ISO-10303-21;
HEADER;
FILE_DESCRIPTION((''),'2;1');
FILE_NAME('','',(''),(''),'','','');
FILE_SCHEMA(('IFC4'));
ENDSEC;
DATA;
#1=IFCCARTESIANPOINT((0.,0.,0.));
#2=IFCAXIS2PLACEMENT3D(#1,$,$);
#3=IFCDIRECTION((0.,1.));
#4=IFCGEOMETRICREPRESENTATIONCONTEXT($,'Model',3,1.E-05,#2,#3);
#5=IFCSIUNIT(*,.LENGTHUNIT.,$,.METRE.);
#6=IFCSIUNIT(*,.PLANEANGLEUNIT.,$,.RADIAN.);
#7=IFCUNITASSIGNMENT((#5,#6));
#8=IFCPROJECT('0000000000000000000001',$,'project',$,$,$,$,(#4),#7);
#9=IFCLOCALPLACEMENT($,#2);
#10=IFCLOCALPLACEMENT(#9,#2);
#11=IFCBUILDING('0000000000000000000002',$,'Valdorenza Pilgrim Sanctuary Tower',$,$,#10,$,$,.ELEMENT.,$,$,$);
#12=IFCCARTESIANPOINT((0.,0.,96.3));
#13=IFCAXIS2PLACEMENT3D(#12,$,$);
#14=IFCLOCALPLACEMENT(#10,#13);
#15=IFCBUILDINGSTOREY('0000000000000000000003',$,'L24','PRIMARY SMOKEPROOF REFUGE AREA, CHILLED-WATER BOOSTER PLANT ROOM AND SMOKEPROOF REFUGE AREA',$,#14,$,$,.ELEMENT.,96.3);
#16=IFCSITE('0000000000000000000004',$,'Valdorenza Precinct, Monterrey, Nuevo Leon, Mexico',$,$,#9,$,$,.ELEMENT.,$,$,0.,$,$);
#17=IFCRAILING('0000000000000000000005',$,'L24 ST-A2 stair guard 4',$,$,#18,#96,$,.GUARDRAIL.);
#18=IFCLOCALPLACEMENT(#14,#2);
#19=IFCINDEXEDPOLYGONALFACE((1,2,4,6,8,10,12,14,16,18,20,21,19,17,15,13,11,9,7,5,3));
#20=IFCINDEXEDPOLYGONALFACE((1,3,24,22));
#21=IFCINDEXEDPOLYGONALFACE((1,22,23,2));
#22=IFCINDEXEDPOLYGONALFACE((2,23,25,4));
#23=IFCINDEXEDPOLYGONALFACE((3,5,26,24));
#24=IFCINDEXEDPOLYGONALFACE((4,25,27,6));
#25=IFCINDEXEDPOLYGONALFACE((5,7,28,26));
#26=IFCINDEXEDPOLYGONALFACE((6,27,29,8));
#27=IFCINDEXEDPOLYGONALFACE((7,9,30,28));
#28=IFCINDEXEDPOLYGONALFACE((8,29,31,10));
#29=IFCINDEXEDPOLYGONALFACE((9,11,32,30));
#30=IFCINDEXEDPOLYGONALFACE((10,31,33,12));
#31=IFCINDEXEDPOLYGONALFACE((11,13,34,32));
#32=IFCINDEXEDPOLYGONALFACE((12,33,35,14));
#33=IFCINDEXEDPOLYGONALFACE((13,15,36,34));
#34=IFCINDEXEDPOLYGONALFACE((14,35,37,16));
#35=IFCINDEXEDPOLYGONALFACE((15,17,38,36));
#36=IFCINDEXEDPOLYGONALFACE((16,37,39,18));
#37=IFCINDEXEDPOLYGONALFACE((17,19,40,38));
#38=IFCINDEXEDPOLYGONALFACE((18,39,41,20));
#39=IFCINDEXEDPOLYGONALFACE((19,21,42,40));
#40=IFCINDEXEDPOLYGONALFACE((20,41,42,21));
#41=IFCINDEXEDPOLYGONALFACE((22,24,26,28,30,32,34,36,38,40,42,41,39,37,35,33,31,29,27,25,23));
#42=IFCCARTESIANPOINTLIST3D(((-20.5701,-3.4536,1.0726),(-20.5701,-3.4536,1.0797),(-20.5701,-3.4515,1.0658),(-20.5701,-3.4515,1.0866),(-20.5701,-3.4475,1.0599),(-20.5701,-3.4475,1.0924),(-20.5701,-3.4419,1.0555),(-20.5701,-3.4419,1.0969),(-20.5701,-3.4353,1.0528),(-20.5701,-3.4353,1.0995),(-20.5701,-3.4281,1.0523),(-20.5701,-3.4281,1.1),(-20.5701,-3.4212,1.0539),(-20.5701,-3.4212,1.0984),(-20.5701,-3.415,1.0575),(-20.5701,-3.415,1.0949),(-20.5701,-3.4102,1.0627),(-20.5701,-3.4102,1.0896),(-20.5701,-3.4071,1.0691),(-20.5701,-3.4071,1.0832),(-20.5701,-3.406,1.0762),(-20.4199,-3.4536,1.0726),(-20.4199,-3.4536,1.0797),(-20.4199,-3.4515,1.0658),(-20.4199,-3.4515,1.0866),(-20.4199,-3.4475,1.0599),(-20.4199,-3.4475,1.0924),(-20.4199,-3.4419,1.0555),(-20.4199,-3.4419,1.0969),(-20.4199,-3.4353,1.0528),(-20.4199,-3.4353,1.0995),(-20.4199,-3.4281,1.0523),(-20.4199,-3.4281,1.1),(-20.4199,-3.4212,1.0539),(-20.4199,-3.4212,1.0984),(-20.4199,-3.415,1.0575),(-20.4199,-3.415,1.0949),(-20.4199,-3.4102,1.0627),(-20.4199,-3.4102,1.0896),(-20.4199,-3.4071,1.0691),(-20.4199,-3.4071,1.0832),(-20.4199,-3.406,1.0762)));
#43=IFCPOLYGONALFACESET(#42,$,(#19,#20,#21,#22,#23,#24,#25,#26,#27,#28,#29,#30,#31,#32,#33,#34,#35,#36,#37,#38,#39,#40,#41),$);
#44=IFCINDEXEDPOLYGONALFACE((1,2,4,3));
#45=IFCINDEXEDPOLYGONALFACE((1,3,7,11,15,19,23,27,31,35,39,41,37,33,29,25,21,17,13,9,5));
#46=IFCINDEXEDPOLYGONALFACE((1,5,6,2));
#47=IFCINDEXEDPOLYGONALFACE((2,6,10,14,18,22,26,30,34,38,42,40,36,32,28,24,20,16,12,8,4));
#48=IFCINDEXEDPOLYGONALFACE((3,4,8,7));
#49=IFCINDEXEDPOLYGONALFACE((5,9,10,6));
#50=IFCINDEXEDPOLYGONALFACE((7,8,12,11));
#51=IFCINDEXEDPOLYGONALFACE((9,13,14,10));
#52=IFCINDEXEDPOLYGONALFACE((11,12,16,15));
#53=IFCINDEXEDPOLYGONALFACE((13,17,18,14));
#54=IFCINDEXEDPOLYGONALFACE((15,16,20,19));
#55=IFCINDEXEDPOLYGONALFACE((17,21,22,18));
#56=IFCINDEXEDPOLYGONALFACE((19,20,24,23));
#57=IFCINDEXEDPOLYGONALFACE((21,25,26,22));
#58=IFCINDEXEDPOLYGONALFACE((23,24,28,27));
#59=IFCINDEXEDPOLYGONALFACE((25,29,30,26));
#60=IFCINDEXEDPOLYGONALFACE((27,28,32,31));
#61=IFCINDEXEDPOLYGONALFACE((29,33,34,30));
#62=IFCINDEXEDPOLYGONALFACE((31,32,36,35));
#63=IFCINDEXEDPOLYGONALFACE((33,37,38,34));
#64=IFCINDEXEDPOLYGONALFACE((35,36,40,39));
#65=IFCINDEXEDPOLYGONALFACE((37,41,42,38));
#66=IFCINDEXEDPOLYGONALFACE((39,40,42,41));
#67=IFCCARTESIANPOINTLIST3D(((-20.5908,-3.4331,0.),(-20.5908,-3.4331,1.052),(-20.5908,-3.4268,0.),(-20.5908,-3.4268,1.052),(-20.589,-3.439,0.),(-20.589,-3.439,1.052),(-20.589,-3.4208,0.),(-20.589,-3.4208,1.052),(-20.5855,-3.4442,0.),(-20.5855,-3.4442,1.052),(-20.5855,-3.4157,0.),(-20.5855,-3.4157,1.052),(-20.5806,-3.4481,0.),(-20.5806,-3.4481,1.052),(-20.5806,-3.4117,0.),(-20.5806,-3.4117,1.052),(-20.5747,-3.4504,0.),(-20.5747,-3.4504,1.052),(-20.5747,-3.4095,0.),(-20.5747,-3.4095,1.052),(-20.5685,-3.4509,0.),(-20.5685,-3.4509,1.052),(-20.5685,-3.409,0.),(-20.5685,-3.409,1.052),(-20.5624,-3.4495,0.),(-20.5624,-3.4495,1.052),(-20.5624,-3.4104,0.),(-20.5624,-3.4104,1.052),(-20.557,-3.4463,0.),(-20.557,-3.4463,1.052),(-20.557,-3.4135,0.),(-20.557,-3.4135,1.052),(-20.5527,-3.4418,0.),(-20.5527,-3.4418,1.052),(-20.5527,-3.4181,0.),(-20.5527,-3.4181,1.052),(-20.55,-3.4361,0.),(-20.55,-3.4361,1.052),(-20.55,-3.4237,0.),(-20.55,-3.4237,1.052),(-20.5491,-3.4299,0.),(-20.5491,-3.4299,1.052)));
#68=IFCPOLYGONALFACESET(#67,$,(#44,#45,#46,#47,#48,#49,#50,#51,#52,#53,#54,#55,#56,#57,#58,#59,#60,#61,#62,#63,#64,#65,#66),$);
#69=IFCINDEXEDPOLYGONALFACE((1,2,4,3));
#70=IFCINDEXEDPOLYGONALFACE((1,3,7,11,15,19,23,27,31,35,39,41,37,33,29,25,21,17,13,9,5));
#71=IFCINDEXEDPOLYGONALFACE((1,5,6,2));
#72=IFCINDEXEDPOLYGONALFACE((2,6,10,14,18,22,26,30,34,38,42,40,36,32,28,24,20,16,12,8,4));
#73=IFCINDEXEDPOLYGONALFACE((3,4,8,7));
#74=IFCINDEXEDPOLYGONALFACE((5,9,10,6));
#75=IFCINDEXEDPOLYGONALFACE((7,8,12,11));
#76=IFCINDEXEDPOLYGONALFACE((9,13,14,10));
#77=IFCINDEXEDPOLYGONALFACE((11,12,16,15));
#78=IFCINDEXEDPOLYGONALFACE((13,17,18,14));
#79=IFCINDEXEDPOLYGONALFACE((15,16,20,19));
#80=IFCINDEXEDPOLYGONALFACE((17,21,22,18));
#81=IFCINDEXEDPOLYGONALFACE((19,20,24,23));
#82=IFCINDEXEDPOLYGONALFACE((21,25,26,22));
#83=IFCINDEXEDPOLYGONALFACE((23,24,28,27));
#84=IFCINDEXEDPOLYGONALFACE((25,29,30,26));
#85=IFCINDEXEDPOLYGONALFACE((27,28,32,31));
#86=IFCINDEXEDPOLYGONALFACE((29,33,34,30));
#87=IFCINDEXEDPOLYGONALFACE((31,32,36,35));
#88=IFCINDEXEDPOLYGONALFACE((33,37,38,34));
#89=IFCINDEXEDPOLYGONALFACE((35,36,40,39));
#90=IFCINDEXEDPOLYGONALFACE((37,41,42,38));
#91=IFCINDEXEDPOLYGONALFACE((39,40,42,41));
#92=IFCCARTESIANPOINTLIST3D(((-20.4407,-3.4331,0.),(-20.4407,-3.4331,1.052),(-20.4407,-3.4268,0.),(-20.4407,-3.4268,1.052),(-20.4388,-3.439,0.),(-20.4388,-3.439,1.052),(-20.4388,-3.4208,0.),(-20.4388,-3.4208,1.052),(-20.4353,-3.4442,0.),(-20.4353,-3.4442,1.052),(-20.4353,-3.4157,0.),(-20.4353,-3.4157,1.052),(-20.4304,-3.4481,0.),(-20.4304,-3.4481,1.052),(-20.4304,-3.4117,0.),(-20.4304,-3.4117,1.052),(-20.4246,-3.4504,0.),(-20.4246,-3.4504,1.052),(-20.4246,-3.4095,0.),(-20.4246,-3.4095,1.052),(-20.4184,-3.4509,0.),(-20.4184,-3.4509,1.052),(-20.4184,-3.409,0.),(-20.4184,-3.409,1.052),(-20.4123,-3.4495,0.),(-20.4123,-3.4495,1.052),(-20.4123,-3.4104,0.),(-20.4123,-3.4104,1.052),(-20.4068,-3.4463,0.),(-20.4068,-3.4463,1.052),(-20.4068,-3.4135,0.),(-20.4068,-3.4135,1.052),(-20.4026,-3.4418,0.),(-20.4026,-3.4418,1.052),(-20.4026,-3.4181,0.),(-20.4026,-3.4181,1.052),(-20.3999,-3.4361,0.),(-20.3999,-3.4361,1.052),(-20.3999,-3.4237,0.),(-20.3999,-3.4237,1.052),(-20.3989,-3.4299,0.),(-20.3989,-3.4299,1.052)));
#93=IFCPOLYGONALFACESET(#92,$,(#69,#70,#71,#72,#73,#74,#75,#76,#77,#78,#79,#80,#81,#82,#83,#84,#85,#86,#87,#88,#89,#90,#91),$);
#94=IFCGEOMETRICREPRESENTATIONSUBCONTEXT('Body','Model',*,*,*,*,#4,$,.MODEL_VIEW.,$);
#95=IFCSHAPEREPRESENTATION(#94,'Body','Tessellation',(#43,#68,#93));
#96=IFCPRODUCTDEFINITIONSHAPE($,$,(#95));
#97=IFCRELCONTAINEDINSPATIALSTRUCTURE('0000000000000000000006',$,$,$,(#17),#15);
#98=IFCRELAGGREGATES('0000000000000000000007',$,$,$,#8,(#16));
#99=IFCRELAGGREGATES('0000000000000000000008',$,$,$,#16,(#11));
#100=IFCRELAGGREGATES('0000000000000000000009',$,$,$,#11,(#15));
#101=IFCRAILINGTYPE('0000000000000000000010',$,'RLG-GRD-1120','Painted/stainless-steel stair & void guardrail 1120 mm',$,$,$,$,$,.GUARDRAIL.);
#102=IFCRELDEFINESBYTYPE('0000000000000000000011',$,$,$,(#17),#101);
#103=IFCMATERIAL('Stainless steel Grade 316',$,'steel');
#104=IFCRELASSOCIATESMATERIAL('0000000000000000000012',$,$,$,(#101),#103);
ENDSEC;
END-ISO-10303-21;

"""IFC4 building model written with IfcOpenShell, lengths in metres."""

from ifc_helpers import new_model, si_unit, direction, frame, origin, origin_2d, place, context, subcontext, project, spatial, circle, extrude, material, type_object, element, save


model = new_model("IFC4")

# Units and contexts
model_context = context("Model", 3, precision=1e-05, world=origin(), true_north=direction((0.0, 1.0)))
body_context = subcontext(model_context, "Body", "Model", "MODEL_VIEW")
ifc_project = project(units=[si_unit("LENGTHUNIT", "METRE"), si_unit("PLANEANGLEUNIT", "RADIAN")], contexts=[model_context])

# Site, building, storey
site_placement = place(None, origin())
site = spatial("IfcSite", under=ifc_project, at=site_placement, Name="Valdorenza Precinct, Monterrey, Nuevo Leon, Mexico", CompositionType="ELEMENT", RefElevation=0.0)
building_placement = place(site_placement, origin())
building = spatial("IfcBuilding", under=site, at=building_placement, Name="Valdorenza Pilgrim Sanctuary Tower", CompositionType="ELEMENT")
storey_placement = place(building_placement, frame((0.0, 0.0, 96.3)))
storey = spatial("IfcBuildingStorey", under=building, at=storey_placement, Name="L24", Description="PRIMARY SMOKEPROOF REFUGE AREA, CHILLED-WATER BOOSTER PLANT ROOM AND SMOKEPROOF REFUGE AREA", CompositionType="ELEMENT", Elevation=96.3)

# Railing
ifc_material_1 = material(Name="Stainless steel Grade 316", Category="steel")
railing_type_1 = type_object("IfcRailingType", Name="RLG-GRD-1120", Description="Painted/stainless-steel stair & void guardrail 1120 mm", PredefinedType="GUARDRAIL", material=ifc_material_1)
railing_1_placement = place(storey_placement, frame((-20.5701, -3.4299, 0.0)))
element("IfcRailing", 1, at=railing_1_placement, inside=storey, type_object=railing_type_1, Name="L24 ST-A2 stair guard 4", PredefinedType="GUARDRAIL", context=body_context, shape_type="SweptSolid", body=[
    extrude(circle(Radius=0.0239, at=origin_2d()), frame((0.0, 0.0, 1.0762), z_axis=(1.0, 0.0, 0.0), x_axis=(0.0, 1.0, 0.0)), (0.0, 0.0, 1.0), 0.1501),
    extrude(circle(Radius=0.021, at=origin_2d()), origin(), (0.0, 0.0, 1.0), 1.052),
    extrude(circle(Radius=0.021, at=origin_2d()), frame((0.1501, 0.0, 0.0)), (0.0, 0.0, 1.0), 1.052),
])

save(model, "model.ifc")
